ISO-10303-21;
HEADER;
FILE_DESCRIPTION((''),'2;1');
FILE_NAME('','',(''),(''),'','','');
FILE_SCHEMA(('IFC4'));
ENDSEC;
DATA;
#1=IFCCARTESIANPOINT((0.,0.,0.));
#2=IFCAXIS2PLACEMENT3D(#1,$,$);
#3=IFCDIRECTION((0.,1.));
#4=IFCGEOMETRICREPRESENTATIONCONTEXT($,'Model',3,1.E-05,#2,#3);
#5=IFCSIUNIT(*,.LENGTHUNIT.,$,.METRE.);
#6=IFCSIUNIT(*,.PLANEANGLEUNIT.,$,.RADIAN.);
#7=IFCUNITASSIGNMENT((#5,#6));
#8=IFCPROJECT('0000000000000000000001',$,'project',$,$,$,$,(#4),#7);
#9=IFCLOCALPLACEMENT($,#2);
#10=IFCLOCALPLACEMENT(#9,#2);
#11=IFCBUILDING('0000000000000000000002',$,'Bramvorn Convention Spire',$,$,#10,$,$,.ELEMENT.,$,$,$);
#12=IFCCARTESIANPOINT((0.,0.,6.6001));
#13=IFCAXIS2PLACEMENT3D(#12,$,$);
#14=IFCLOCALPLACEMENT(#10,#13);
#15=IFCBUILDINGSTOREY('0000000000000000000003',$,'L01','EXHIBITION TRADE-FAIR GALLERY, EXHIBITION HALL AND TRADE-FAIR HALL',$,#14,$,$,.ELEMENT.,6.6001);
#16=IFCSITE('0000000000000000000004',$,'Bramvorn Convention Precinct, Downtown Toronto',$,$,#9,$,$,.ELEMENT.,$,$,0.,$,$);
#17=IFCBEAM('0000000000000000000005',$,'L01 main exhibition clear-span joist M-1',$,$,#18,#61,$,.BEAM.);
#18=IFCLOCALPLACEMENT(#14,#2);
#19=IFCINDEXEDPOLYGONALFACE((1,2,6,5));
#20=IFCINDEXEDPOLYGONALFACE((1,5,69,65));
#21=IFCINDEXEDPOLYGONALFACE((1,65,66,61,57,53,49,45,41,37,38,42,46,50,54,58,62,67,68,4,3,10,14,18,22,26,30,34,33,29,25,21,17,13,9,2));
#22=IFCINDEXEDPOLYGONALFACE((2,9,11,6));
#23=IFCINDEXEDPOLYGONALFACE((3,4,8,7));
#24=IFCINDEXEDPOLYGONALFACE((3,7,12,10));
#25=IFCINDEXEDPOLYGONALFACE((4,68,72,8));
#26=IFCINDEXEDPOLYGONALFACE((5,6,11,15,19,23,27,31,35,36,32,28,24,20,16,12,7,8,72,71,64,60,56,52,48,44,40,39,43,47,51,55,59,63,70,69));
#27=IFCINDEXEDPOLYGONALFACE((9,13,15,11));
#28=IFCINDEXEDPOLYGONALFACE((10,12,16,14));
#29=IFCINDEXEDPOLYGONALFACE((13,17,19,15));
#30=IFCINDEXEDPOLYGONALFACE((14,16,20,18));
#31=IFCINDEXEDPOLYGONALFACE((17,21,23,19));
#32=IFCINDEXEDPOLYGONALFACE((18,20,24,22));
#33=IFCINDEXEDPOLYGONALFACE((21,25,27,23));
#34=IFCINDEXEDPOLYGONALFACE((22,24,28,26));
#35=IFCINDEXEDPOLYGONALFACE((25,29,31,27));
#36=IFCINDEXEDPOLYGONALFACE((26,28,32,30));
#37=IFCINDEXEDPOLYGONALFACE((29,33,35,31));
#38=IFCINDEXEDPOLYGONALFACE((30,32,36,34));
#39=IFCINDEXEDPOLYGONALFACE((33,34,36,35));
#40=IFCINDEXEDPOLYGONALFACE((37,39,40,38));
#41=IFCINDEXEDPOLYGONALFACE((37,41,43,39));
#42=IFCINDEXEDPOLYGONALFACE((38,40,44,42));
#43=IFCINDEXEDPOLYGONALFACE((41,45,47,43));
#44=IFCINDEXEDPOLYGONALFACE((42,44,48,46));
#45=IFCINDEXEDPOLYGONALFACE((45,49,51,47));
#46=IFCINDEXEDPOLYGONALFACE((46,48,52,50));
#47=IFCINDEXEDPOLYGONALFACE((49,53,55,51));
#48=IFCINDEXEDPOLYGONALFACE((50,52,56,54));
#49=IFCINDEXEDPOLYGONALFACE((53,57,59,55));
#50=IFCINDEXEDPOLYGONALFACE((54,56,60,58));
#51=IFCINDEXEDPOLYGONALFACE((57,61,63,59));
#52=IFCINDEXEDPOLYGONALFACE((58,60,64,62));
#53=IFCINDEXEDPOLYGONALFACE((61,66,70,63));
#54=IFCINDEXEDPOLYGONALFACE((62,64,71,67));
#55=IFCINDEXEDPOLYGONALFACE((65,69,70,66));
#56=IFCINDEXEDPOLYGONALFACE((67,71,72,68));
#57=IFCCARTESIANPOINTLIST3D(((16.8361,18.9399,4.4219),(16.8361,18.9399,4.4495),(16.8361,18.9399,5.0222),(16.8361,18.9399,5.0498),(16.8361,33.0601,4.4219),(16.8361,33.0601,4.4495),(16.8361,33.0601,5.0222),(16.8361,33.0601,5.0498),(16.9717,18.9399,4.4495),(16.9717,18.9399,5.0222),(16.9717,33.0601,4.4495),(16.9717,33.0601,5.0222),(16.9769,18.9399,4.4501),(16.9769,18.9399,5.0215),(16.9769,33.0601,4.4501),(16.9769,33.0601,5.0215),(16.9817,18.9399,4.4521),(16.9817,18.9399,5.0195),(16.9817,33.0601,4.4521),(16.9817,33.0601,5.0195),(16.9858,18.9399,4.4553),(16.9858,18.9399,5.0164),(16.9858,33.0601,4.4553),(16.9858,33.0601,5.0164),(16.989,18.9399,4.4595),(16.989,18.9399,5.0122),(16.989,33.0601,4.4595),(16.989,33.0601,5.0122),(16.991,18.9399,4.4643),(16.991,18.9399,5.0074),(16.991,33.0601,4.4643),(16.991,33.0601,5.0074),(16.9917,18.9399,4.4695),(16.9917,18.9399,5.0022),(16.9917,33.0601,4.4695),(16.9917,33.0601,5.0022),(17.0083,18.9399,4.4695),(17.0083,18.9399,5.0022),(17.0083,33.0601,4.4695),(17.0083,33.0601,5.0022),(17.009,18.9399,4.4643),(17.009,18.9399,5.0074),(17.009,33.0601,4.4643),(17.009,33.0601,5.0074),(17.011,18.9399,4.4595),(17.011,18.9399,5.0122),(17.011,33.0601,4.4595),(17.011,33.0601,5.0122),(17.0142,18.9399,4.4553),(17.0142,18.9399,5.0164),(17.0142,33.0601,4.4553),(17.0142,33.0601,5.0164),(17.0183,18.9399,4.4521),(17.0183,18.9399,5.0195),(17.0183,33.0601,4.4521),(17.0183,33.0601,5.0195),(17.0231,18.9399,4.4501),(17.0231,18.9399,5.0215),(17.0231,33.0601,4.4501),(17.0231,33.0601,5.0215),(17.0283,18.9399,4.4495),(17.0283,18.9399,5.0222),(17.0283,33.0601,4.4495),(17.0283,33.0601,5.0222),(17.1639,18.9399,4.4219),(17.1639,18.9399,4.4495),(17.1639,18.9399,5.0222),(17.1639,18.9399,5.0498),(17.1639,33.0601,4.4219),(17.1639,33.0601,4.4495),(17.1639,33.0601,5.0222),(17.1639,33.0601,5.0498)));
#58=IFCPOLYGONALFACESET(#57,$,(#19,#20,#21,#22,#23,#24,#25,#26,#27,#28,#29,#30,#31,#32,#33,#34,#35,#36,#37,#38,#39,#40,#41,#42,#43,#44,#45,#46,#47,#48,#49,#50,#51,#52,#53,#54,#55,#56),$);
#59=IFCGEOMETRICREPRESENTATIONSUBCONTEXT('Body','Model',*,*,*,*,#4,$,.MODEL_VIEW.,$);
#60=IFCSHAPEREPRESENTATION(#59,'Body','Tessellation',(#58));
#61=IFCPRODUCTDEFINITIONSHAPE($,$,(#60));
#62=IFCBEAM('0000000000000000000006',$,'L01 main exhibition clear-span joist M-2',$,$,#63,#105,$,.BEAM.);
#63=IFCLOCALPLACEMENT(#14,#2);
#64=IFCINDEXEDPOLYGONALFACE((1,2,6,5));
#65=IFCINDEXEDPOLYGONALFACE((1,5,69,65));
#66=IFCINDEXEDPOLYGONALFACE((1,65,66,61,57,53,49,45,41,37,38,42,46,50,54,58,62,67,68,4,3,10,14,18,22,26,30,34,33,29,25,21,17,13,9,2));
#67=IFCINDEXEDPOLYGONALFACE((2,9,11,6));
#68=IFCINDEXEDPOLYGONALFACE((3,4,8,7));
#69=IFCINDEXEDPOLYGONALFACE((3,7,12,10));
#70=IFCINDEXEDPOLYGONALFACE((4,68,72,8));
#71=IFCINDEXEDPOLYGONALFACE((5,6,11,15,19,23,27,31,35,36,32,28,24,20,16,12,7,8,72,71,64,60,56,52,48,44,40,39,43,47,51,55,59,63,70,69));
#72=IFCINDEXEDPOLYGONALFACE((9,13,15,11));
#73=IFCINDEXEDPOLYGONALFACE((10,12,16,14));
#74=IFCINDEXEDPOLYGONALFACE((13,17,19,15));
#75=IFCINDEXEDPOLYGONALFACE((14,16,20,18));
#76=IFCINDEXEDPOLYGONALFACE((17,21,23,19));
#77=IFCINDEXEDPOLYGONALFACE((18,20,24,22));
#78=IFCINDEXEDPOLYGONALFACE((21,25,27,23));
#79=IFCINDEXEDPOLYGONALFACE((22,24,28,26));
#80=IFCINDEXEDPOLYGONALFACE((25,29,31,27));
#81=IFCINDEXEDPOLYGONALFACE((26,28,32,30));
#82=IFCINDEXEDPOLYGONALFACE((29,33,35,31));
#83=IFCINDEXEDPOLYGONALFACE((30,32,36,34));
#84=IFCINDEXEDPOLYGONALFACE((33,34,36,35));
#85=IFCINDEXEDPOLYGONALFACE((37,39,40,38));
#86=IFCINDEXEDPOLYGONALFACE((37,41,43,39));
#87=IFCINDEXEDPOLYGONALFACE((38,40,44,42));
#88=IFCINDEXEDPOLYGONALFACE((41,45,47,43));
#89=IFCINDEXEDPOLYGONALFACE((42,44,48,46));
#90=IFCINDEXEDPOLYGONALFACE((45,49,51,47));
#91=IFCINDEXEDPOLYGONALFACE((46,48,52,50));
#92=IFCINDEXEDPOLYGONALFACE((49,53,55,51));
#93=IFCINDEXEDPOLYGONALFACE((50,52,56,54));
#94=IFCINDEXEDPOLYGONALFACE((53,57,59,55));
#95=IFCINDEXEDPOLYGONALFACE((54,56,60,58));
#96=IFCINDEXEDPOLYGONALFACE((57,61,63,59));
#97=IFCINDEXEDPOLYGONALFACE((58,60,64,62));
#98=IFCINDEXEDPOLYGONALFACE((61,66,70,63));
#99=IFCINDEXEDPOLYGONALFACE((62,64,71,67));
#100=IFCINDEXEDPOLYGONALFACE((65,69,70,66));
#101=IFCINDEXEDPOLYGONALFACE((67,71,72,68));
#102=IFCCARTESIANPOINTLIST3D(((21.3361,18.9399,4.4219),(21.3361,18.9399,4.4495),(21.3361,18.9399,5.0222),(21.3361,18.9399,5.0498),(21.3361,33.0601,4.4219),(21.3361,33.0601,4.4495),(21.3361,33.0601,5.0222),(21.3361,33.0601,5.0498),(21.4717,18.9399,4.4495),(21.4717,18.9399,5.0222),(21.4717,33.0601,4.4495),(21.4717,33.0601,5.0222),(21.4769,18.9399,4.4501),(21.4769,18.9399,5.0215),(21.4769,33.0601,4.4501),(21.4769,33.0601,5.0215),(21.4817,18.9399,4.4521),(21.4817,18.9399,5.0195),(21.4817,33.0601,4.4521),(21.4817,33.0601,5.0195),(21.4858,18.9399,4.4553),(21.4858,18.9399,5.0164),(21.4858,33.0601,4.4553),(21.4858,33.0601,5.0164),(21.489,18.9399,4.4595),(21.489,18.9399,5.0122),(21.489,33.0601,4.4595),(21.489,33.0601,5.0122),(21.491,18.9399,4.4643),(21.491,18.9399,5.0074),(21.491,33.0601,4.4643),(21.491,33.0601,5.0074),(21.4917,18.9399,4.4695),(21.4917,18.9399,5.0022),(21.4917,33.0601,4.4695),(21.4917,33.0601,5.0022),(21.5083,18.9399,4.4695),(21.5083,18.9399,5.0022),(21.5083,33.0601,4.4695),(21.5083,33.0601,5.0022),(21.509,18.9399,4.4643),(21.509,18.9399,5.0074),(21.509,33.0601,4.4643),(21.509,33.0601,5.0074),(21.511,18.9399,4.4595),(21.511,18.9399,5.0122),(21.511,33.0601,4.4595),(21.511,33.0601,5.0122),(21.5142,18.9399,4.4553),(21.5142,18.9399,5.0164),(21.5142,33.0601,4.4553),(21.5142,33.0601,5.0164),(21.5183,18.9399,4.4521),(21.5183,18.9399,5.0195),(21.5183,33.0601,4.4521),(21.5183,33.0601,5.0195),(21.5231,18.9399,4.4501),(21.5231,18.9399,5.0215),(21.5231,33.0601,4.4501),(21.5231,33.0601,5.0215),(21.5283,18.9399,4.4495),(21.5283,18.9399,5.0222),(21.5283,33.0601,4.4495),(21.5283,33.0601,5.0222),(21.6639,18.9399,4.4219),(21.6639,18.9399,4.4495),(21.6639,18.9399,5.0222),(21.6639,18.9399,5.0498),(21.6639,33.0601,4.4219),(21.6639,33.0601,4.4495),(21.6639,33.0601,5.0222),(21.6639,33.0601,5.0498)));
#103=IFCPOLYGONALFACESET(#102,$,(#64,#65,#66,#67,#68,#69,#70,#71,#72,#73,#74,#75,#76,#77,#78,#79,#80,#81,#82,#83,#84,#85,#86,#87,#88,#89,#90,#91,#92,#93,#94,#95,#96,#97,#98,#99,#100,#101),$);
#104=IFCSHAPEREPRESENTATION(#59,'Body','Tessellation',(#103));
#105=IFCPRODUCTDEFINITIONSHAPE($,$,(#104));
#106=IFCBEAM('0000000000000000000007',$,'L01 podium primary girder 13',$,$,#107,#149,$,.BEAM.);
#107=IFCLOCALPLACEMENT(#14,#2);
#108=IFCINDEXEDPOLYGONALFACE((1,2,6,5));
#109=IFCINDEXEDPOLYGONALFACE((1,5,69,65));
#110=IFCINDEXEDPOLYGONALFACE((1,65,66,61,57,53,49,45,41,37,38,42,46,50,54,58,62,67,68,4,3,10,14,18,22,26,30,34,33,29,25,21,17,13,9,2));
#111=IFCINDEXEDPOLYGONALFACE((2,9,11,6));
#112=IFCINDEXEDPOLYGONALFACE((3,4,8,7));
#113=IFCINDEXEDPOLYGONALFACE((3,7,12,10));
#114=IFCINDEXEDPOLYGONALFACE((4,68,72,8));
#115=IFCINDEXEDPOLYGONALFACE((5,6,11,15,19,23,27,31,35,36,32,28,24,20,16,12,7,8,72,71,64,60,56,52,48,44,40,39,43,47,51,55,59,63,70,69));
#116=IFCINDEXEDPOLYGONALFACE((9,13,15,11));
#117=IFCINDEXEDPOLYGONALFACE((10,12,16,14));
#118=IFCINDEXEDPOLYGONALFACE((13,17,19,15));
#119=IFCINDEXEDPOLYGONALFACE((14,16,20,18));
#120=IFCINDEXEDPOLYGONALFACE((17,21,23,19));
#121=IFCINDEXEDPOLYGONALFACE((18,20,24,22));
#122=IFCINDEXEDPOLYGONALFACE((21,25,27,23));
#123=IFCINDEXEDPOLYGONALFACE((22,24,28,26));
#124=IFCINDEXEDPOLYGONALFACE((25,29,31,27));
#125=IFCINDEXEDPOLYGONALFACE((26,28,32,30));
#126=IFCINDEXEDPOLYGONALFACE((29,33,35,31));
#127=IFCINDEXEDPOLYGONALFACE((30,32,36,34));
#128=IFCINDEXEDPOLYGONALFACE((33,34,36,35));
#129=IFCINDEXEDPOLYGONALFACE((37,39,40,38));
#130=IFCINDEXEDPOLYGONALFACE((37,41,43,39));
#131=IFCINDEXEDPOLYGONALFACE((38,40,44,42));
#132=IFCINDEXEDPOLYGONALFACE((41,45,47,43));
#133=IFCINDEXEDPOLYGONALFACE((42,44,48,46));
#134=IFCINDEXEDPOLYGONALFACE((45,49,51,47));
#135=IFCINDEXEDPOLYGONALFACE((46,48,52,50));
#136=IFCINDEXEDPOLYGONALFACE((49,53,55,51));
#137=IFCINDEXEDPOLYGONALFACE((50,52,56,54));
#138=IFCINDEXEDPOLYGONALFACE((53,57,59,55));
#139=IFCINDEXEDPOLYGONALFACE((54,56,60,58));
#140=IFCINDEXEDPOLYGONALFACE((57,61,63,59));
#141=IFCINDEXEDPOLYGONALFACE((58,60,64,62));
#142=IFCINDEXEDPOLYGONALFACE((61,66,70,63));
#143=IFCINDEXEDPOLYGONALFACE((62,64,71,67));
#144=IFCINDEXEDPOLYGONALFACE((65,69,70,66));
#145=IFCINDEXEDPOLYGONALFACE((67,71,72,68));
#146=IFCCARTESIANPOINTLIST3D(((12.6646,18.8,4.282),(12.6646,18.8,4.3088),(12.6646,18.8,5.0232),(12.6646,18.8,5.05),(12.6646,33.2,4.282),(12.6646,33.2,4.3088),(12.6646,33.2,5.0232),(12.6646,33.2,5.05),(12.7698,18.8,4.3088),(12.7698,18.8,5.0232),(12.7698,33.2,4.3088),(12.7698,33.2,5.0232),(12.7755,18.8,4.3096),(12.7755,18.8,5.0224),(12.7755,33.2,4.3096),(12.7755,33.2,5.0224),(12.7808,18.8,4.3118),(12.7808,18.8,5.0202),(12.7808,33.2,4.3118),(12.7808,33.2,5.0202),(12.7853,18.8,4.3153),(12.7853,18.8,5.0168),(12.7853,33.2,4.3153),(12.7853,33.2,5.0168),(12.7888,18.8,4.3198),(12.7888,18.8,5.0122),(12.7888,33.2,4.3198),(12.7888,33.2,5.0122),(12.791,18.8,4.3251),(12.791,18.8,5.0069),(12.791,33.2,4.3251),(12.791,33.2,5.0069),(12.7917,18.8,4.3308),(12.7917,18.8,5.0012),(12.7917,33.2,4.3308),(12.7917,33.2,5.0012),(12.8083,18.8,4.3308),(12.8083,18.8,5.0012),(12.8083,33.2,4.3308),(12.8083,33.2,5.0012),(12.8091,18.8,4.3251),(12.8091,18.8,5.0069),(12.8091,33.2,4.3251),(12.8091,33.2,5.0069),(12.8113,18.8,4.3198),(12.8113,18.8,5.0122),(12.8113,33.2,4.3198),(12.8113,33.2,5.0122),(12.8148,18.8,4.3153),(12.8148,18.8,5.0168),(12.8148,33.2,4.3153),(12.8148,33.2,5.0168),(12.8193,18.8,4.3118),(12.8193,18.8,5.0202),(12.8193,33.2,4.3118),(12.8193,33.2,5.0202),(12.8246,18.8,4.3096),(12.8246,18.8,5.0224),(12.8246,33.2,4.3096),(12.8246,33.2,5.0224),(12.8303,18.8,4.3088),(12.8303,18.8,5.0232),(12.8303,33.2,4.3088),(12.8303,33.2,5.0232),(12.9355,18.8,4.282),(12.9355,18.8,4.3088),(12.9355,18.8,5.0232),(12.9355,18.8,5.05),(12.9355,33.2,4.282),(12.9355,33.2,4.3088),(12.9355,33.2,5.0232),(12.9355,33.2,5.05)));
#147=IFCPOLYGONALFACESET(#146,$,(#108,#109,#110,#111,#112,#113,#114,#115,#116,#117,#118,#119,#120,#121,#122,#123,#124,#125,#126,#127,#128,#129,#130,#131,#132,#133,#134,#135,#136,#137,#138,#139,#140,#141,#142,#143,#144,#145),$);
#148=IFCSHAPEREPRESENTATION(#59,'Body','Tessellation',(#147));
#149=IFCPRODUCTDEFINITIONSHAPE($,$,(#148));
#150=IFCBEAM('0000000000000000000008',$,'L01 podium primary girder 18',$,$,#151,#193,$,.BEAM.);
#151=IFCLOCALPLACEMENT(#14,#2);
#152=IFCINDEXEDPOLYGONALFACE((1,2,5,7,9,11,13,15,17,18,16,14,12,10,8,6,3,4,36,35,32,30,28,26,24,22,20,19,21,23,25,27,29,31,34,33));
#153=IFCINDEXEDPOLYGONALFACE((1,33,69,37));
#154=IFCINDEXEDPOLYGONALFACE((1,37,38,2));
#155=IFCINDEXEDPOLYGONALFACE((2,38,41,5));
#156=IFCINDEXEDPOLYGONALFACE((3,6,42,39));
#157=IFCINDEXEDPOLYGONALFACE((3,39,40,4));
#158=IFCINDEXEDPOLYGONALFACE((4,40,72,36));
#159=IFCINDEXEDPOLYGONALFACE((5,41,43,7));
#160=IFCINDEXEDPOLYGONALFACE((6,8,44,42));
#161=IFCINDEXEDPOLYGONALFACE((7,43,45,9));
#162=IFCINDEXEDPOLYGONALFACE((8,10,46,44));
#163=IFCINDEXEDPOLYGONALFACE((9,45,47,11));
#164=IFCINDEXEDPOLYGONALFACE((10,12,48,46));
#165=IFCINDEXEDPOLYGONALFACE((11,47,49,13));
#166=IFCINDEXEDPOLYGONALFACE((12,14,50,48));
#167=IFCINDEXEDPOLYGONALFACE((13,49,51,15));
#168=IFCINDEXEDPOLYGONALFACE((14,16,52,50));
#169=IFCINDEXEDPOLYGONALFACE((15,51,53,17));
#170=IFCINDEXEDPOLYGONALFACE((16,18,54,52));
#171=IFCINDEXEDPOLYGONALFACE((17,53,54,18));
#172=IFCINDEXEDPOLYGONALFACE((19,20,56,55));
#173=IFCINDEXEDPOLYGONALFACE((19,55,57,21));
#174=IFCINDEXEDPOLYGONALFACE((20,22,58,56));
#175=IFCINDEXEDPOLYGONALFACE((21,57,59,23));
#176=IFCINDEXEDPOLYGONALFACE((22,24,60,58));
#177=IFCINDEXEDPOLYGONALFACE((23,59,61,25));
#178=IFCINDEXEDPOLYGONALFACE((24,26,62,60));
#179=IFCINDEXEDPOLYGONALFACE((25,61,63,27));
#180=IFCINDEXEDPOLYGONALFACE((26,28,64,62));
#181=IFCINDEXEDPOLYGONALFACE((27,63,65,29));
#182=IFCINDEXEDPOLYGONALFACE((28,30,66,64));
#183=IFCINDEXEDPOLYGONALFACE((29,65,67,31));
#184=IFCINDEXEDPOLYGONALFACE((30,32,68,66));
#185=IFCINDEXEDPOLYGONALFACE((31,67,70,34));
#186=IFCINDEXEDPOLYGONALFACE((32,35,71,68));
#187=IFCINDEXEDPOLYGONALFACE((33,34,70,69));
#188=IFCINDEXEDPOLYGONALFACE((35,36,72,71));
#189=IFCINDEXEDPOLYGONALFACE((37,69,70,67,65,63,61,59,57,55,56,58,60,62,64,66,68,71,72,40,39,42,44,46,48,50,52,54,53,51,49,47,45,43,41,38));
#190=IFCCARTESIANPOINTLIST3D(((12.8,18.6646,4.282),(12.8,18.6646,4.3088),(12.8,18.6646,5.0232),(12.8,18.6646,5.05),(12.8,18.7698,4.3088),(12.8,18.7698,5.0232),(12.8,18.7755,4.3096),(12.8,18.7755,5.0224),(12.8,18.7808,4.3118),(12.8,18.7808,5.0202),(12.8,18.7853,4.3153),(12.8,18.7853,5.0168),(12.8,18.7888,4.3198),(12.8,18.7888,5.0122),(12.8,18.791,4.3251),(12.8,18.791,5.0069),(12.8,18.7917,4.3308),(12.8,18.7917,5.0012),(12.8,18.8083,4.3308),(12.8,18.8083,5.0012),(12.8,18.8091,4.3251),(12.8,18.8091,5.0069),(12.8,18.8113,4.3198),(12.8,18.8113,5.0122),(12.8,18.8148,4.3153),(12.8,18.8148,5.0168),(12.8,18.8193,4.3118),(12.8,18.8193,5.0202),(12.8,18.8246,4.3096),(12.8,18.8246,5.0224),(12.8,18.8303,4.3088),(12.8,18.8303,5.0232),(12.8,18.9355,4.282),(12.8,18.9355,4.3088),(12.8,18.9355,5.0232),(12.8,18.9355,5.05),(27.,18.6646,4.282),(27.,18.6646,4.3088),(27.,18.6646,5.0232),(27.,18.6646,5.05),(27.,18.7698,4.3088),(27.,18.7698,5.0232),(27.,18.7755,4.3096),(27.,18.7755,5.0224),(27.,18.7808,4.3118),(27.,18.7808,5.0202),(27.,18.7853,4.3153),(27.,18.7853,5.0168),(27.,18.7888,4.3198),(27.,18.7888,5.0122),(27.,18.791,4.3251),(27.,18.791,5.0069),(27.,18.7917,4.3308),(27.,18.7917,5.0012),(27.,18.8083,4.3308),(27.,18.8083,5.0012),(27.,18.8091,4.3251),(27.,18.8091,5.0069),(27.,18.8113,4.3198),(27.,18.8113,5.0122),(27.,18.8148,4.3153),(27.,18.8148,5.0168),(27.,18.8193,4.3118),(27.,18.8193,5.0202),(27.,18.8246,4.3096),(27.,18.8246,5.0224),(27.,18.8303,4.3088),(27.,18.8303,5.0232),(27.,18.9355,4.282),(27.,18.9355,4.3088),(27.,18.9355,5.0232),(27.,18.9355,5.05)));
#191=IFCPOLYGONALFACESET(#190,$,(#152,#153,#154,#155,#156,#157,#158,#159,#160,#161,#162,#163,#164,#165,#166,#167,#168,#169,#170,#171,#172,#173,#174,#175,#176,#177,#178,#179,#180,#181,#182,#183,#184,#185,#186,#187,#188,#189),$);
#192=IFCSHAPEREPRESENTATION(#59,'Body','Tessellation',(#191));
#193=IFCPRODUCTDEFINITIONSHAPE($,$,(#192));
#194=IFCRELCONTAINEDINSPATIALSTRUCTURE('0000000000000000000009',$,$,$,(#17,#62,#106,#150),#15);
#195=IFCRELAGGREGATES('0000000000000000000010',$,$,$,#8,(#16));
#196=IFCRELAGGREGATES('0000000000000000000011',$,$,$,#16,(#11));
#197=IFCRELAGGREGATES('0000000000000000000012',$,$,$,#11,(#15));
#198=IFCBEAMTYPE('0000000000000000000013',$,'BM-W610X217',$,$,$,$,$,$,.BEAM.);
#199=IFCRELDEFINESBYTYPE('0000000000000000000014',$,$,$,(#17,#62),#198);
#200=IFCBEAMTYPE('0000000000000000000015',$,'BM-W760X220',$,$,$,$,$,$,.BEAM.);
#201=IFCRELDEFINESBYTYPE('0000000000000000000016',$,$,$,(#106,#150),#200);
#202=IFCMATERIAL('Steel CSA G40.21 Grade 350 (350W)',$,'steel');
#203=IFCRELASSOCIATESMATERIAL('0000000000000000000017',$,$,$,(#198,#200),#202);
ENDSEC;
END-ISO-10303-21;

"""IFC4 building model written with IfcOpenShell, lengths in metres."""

from ifc_helpers import new_model, si_unit, direction, frame, origin, origin_2d, place, context, subcontext, project, spatial, i_section, extrude, material, material_profile, profile_set, type_object, element, save


model = new_model("IFC4")

# Units and contexts
model_context = context("Model", 3, precision=1e-05, world=origin(), true_north=direction((0.0, 1.0)))
body_context = subcontext(model_context, "Body", "Model", "MODEL_VIEW")
ifc_project = project(units=[si_unit("LENGTHUNIT", "METRE"), si_unit("PLANEANGLEUNIT", "RADIAN")], contexts=[model_context])

# Site, building, storey
site_placement = place(None, origin())
site = spatial("IfcSite", under=ifc_project, at=site_placement, Name="Bramvorn Convention Precinct, Downtown Toronto", CompositionType="ELEMENT", RefElevation=0.0)
building_placement = place(site_placement, origin())
building = spatial("IfcBuilding", under=site, at=building_placement, Name="Bramvorn Convention Spire", CompositionType="ELEMENT")
storey_placement = place(building_placement, frame((0.0, 0.0, 6.6001)))
storey = spatial("IfcBuildingStorey", under=building, at=storey_placement, Name="L01", Description="EXHIBITION TRADE-FAIR GALLERY, EXHIBITION HALL AND TRADE-FAIR HALL", CompositionType="ELEMENT", Elevation=6.6001)

# Beams
ifc_material_1 = material(Name="Steel CSA G40.21 Grade 350 (350W)", Category="steel")
ifc_material_profile_1 = material_profile(ifc_material_1, i_section(OverallWidth=0.3279, OverallDepth=0.6279, WebThickness=0.0166, FlangeThickness=0.0276, FilletRadius=0.02, at=origin_2d()))
ifc_profile_set_1 = profile_set([ifc_material_profile_1], Name="Steel CSA G40.21 Grade 350 (350W) - W610X217")
beam_type_1 = type_object("IfcBeamType", Name="BM-W610X217", PredefinedType="BEAM", material=ifc_profile_set_1)
for number, where, z_axis, x_axis, name in (
    (1, (17.0, 18.9399, 4.7358), (0.0, 1.0, 0.0), (-1.0, 0.0, 0.0), "L01 main exhibition clear-span joist M-1"),
    (2, (21.5, 18.9399, 4.7358), (0.0, 1.0, 0.0), (-1.0, 0.0, 0.0), "L01 main exhibition clear-span joist M-2"),
):
    element("IfcBeam", number, at=place(storey_placement, frame(where, z_axis=z_axis, x_axis=x_axis)), inside=storey, type_object=beam_type_1, Name=name, PredefinedType="BEAM", context=body_context, shape_type="SweptSolid", body=[
        extrude(i_section(OverallWidth=0.3279, OverallDepth=0.6279, WebThickness=0.0166, FlangeThickness=0.0276, FilletRadius=0.02, at=origin_2d()), origin(), (0.0, 0.0, 1.0), 14.1201),
    ])
ifc_material_profile_2 = material_profile(ifc_material_1, i_section(OverallWidth=0.271, OverallDepth=0.7681, WebThickness=0.0166, FlangeThickness=0.0269, FilletRadius=0.022, at=origin_2d()))
ifc_profile_set_2 = profile_set([ifc_material_profile_2], Name="Steel CSA G40.21 Grade 350 (350W) - W760X220")
beam_type_2 = type_object("IfcBeamType", Name="BM-W760X220", PredefinedType="BEAM", material=ifc_profile_set_2)
beam_1_placement = place(storey_placement, frame((12.8, 18.8, 4.666), z_axis=(0.0, 1.0, 0.0), x_axis=(-1.0, 0.0, 0.0)))
element("IfcBeam", 3, at=beam_1_placement, inside=storey, type_object=beam_type_2, Name="L01 podium primary girder 13", PredefinedType="BEAM", context=body_context, shape_type="SweptSolid", body=[
    extrude(i_section(OverallWidth=0.271, OverallDepth=0.7681, WebThickness=0.0166, FlangeThickness=0.0269, FilletRadius=0.022, at=origin_2d()), origin(), (0.0, 0.0, 1.0), 14.3999),
])
beam_2_placement = place(storey_placement, frame((12.8, 18.8, 4.666), z_axis=(1.0, 0.0, 0.0), x_axis=(0.0, 1.0, 0.0)))
element("IfcBeam", 4, at=beam_2_placement, inside=storey, type_object=beam_type_2, Name="L01 podium primary girder 18", PredefinedType="BEAM", context=body_context, shape_type="SweptSolid", body=[
    extrude(i_section(OverallWidth=0.271, OverallDepth=0.7681, WebThickness=0.0166, FlangeThickness=0.0269, FilletRadius=0.022, at=origin_2d()), origin(), (0.0, 0.0, 1.0), 14.2),
])

save(model, "model.ifc")
